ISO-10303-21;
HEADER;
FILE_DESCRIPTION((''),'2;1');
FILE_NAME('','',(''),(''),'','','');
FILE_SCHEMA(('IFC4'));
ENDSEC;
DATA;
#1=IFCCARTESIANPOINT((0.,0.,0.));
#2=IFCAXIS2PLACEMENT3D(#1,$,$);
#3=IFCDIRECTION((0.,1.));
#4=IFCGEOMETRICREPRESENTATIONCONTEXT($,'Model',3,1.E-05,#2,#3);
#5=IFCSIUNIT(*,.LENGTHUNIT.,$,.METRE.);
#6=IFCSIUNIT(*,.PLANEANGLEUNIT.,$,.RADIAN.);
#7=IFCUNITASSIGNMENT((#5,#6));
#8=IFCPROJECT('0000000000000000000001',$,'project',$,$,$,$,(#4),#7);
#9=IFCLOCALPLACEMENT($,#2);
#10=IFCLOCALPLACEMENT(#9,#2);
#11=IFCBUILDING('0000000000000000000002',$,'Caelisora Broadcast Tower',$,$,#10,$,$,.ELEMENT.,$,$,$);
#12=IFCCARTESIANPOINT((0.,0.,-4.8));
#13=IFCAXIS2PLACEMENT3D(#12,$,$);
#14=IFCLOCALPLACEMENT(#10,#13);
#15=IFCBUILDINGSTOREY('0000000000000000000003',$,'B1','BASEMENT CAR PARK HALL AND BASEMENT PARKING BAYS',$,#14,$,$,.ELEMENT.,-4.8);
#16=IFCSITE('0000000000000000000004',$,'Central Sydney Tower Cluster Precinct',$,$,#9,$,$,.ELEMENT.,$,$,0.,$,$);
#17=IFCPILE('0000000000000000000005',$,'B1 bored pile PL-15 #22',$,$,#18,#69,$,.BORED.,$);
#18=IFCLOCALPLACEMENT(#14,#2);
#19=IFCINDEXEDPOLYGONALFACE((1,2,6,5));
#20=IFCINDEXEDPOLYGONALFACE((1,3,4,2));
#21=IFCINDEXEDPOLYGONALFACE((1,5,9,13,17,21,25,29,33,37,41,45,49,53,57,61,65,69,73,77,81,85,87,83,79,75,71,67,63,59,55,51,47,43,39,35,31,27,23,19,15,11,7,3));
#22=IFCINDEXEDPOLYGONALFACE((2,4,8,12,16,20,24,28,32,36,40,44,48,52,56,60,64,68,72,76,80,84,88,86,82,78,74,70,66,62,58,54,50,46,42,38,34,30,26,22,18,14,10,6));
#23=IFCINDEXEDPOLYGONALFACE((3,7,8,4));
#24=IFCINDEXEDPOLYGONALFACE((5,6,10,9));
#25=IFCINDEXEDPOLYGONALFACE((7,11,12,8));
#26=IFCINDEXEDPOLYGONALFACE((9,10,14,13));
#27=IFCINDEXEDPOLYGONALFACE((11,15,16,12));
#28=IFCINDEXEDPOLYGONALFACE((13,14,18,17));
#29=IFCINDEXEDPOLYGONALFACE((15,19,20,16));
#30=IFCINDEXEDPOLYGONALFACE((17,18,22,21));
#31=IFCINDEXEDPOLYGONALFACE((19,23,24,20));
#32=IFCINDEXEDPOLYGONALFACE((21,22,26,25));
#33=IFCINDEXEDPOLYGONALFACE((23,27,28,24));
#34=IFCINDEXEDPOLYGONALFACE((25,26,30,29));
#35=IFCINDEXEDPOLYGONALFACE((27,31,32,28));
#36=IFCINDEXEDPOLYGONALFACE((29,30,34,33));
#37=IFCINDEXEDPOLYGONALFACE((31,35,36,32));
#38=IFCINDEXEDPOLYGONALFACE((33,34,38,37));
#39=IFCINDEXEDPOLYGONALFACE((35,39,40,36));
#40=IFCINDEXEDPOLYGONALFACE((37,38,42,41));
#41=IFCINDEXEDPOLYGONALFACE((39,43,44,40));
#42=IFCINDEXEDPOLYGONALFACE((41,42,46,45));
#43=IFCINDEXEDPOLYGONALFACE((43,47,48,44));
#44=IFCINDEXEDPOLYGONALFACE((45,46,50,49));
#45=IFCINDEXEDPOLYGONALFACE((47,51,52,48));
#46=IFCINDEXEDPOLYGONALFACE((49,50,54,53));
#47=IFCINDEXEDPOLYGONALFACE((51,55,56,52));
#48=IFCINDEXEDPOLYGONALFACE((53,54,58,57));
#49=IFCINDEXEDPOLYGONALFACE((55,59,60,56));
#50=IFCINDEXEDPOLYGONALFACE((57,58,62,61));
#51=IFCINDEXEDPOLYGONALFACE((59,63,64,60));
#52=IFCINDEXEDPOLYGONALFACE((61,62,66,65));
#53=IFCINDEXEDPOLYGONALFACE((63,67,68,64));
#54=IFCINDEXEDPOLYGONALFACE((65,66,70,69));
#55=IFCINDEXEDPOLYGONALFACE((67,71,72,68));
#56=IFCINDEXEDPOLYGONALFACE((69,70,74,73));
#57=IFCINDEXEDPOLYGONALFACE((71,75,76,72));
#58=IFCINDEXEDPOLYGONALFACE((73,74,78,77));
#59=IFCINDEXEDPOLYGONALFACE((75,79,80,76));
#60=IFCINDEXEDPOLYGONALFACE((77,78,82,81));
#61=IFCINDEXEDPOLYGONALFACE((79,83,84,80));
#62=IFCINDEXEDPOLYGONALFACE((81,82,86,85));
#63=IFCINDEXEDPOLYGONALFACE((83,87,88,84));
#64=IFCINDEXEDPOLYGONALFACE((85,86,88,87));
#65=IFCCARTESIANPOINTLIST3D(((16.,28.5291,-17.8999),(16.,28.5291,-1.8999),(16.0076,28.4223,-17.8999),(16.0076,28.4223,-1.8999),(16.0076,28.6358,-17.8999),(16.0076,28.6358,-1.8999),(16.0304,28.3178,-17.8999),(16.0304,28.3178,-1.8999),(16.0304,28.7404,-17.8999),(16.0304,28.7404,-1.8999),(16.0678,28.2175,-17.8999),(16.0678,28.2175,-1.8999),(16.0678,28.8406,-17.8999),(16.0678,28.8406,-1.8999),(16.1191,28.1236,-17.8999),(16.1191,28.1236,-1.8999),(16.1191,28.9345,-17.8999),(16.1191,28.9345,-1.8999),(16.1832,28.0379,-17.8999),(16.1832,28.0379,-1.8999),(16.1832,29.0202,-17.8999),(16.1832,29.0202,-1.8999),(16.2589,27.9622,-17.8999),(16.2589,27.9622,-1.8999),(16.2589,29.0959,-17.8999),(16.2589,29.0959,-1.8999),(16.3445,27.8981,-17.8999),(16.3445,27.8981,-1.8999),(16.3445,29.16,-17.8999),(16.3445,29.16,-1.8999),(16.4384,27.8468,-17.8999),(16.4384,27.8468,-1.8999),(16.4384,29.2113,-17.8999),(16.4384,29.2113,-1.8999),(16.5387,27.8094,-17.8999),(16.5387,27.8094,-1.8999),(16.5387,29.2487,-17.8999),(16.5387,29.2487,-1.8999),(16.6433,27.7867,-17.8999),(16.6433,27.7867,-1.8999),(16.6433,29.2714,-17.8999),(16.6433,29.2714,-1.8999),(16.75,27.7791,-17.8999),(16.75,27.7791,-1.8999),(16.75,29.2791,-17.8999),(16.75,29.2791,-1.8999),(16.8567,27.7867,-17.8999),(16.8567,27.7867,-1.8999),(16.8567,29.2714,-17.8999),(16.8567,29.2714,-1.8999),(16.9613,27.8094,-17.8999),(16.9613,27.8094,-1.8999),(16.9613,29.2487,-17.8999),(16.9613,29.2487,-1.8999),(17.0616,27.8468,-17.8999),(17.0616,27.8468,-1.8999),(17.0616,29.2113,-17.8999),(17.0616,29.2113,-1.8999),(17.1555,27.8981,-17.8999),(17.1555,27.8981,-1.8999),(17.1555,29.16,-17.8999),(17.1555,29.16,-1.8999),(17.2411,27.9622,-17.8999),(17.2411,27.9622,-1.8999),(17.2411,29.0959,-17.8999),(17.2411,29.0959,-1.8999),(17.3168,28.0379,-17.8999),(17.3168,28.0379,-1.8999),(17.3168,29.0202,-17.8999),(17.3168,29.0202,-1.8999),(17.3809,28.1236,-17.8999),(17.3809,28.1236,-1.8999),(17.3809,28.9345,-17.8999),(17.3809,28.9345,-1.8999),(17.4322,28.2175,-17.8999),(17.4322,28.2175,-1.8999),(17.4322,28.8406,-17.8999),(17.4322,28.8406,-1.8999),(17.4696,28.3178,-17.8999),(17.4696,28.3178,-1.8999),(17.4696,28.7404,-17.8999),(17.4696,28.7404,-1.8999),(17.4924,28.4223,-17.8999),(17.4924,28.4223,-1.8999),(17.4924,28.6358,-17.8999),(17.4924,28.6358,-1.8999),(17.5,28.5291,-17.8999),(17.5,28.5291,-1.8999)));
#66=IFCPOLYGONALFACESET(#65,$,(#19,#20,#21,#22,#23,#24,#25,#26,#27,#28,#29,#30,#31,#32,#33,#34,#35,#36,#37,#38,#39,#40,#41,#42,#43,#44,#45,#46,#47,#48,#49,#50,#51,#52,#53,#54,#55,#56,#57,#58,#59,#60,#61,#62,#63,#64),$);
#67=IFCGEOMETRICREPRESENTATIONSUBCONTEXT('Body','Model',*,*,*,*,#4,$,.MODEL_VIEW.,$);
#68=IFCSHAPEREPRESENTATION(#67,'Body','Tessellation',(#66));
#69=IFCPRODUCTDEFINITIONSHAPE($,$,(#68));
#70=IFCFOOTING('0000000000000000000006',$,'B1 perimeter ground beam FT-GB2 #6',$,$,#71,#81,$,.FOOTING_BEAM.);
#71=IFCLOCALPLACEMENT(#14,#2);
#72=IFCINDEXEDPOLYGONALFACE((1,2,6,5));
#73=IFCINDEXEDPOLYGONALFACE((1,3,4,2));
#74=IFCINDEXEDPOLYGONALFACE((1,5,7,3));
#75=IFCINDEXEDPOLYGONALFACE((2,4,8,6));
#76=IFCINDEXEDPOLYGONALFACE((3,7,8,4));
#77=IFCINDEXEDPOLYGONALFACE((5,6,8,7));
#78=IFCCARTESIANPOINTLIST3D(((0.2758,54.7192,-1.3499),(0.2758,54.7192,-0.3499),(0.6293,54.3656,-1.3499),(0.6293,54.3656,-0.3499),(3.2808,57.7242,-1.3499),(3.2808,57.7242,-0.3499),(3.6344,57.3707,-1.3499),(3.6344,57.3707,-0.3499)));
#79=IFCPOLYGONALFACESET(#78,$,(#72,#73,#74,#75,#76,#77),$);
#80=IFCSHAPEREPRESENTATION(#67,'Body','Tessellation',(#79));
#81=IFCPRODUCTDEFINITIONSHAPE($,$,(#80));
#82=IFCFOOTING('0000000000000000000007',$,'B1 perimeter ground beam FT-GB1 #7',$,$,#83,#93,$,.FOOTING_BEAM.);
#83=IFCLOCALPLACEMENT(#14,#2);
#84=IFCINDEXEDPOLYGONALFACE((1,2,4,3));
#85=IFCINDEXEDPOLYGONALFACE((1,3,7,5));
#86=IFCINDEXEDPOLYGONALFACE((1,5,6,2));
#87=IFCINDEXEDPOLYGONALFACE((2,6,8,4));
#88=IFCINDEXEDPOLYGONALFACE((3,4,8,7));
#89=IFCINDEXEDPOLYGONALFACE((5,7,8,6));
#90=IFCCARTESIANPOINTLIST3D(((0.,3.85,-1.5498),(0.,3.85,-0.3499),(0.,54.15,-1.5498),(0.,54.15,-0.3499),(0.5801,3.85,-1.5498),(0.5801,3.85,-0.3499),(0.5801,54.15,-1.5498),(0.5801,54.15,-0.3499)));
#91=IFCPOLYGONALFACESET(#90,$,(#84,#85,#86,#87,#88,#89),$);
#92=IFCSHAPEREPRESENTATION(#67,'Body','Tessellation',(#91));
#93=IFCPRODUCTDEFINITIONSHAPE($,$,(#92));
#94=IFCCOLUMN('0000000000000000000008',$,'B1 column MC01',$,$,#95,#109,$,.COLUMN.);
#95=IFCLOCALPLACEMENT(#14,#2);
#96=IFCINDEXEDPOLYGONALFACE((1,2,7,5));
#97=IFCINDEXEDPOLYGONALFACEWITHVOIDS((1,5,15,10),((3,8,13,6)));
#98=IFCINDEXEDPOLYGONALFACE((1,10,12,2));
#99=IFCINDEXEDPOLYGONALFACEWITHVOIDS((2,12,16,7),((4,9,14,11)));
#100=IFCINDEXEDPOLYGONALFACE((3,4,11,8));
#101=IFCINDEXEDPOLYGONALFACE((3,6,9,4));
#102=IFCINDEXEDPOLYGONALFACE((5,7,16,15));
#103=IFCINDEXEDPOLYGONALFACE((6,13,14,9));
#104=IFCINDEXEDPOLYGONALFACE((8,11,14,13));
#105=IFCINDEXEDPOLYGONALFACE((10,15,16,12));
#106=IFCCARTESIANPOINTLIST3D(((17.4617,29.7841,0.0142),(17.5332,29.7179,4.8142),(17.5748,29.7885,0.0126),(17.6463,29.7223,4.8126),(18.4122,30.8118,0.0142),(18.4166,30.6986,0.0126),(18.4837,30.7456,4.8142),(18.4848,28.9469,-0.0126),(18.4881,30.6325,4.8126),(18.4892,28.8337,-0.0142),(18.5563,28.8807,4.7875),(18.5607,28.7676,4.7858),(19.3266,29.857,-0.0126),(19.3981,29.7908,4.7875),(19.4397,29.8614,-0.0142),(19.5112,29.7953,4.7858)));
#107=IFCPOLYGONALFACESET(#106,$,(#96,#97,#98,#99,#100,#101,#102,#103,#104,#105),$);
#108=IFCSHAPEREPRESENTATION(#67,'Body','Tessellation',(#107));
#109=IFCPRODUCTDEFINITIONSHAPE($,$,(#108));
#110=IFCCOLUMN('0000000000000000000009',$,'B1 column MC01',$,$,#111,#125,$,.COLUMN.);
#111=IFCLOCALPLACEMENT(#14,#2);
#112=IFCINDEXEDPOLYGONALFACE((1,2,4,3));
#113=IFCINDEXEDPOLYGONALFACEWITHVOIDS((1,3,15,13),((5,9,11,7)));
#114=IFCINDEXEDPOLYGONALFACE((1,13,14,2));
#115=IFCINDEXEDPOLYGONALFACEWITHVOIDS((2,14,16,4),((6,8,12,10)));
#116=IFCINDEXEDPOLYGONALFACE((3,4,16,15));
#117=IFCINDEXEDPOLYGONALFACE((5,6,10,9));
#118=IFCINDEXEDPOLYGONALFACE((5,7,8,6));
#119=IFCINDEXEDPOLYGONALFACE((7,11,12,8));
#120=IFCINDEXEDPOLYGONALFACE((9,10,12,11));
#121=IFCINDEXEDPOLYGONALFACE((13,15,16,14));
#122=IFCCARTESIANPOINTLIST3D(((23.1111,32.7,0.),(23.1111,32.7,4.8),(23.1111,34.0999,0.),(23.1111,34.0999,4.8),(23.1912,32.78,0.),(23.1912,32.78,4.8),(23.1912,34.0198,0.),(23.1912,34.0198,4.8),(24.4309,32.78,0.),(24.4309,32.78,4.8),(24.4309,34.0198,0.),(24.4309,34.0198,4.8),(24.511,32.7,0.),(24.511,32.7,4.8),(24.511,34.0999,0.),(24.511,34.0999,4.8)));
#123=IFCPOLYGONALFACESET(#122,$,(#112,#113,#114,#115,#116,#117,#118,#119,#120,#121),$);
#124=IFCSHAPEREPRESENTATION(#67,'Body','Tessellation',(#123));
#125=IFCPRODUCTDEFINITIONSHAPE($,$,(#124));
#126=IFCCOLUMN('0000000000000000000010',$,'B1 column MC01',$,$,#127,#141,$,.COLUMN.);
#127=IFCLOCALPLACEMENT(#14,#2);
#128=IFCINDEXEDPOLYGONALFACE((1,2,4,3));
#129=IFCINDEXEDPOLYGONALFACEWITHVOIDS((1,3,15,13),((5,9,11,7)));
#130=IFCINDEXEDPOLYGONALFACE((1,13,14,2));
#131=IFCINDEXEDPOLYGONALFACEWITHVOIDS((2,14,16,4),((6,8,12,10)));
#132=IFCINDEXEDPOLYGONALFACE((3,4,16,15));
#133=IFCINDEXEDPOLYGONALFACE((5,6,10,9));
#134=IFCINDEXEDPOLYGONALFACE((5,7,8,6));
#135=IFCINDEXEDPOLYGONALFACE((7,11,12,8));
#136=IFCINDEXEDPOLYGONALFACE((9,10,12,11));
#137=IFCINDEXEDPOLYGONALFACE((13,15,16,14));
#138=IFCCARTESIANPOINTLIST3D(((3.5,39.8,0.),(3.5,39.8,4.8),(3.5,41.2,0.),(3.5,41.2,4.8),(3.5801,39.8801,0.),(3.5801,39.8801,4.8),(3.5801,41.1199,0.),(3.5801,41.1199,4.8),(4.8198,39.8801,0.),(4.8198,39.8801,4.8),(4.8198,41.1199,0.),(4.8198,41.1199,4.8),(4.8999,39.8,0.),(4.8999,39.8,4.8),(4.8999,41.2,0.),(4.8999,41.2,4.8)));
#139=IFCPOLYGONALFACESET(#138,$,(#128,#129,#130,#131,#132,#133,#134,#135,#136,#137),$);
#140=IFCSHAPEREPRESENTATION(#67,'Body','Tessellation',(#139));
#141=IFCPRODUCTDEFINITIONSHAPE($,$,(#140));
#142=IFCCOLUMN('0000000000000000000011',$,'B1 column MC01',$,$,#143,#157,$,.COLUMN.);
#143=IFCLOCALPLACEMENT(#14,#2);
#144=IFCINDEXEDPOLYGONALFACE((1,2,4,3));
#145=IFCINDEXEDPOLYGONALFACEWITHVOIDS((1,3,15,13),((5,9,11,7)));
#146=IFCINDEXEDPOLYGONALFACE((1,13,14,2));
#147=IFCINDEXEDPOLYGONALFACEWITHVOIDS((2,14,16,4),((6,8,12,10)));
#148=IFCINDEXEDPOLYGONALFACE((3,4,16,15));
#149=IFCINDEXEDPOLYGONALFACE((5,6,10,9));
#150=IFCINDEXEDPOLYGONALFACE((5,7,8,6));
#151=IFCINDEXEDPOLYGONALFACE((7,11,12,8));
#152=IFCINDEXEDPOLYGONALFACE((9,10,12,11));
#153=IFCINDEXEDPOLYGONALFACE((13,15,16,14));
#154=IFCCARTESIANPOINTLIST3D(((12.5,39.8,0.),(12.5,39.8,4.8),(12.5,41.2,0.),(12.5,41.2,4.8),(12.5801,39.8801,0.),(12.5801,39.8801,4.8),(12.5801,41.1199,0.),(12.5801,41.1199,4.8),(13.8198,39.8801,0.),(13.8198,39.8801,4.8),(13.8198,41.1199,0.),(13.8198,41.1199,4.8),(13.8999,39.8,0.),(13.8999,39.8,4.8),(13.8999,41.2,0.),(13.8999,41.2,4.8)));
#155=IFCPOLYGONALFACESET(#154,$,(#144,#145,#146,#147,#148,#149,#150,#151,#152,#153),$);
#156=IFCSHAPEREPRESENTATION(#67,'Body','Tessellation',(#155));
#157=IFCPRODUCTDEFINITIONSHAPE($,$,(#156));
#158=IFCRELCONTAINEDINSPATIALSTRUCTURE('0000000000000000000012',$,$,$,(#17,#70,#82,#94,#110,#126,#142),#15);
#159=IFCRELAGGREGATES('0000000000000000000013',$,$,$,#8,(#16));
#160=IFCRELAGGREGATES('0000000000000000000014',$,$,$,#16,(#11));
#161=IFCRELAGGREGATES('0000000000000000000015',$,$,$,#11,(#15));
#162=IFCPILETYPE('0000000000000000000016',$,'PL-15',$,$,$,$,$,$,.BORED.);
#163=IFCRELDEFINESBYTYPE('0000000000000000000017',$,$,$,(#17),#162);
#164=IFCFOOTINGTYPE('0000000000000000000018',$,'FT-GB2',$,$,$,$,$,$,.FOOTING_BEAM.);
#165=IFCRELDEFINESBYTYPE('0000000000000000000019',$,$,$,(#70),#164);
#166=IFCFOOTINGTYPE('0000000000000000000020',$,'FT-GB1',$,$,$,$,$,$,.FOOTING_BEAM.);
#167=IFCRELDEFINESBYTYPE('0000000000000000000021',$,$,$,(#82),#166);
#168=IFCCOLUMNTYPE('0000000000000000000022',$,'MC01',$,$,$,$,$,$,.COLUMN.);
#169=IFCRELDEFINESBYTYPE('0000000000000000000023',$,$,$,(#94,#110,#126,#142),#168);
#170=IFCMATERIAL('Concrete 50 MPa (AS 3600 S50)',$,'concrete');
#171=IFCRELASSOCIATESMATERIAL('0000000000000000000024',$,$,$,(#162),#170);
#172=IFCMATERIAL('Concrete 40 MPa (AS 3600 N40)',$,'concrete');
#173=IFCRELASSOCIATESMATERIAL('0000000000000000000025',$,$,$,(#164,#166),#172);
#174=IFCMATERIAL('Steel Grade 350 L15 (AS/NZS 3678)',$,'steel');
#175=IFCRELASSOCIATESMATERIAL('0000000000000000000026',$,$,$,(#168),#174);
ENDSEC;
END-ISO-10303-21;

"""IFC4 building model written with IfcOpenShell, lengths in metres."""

from ifc_helpers import new_model, si_unit, direction, frame, origin, origin_2d, place, context, subcontext, project, spatial, rectangle, hollow_rectangle, circle, extrude, source, transform, mapped, material, material_profile, profile_set, type_object, type_shapes, element, save


model = new_model("IFC4")

# Units and contexts
model_context = context("Model", 3, precision=1e-05, world=origin(), true_north=direction((0.0, 1.0)))
body_context = subcontext(model_context, "Body", "Model", "MODEL_VIEW")
ifc_project = project(units=[si_unit("LENGTHUNIT", "METRE"), si_unit("PLANEANGLEUNIT", "RADIAN")], contexts=[model_context])

# Site, building, storey
site_placement = place(None, origin())
site = spatial("IfcSite", under=ifc_project, at=site_placement, Name="Central Sydney Tower Cluster Precinct", CompositionType="ELEMENT", RefElevation=0.0)
building_placement = place(site_placement, origin())
building = spatial("IfcBuilding", under=site, at=building_placement, Name="Caelisora Broadcast Tower", CompositionType="ELEMENT")
storey_placement = place(building_placement, frame((0.0, 0.0, -4.8)))
storey = spatial("IfcBuildingStorey", under=building, at=storey_placement, Name="B1", Description="BASEMENT CAR PARK HALL AND BASEMENT PARKING BAYS", CompositionType="ELEMENT", Elevation=-4.8)

# Pile
ifc_material_1 = material(Name="Concrete 50 MPa (AS 3600 S50)", Category="concrete")
ifc_material_profile_1 = material_profile(ifc_material_1, circle(Radius=0.75, at=origin_2d()), Name="Concrete 50 MPa (AS 3600 S50)")
ifc_profile_set_1 = profile_set([ifc_material_profile_1], Name="Concrete 50 MPa (AS 3600 S50)")
pile_type_1 = type_object("IfcPileType", Name="PL-15", PredefinedType="BORED", material=ifc_profile_set_1)
for number, where, z_axis, x_axis, name in (
    (1, (16.75, 28.5291, -1.8999), (0.0, 0.0, -1.0), (1.0, 0.0, 0.0), "B1 bored pile PL-15 #22"),
):
    element("IfcPile", number, at=place(storey_placement, frame(where, z_axis=z_axis, x_axis=x_axis)), inside=storey, type_object=pile_type_1, Name=name, PredefinedType="BORED", context=body_context, shape_type="SweptSolid", body=[
        extrude(circle(Radius=0.75, at=origin_2d()), origin(), (0.0, 0.0, 1.0), 16.0),
    ])

# Footings
ifc_material_2 = material(Name="Concrete 40 MPa (AS 3600 N40)", Category="concrete")
footing_type_1 = type_object("IfcFootingType", Name="FT-GB2", PredefinedType="FOOTING_BEAM", material=ifc_material_2)
shared_shape_1 = source(origin(), body_context, "Body", "SweptSolid", [
    extrude(rectangle(XDim=4.2498, YDim=0.5, at=origin_2d()), origin(), (0.0, 0.0, 1.0), 1.0),
])
type_shapes(footing_type_1, [shared_shape_1])
footing_1_placement = place(storey_placement, frame((1.9551, 56.0449, -1.3499), z_axis=(0.0, 0.0, 1.0), x_axis=(-0.707107, -0.707107, 0.0)))
element("IfcFooting", 2, at=footing_1_placement, inside=storey, type_object=footing_type_1, Name="B1 perimeter ground beam FT-GB2 #6", PredefinedType="FOOTING_BEAM", context=body_context, shape_type="MappedRepresentation", body=[
    mapped(shared_shape_1, transform((0.0, 0.0, 0.0), scale=1.0)),
])
footing_type_2 = type_object("IfcFootingType", Name="FT-GB1", PredefinedType="FOOTING_BEAM", material=ifc_material_2)
shared_shape_2 = source(origin(), body_context, "Body", "SweptSolid", [
    extrude(rectangle(XDim=50.3, YDim=0.5801, at=origin_2d()), origin(), (0.0, 0.0, 1.0), 1.2),
])
type_shapes(footing_type_2, [shared_shape_2])
footing_2_placement = place(storey_placement, frame((0.29, 29.0, -1.5498), z_axis=(0.0, 0.0, 1.0), x_axis=(0.0, -1.0, 0.0)))
element("IfcFooting", 3, at=footing_2_placement, inside=storey, type_object=footing_type_2, Name="B1 perimeter ground beam FT-GB1 #7", PredefinedType="FOOTING_BEAM", context=body_context, shape_type="MappedRepresentation", body=[
    mapped(shared_shape_2, transform((0.0, 0.0, 0.0), scale=1.0)),
])

# Columns
ifc_material_3 = material(Name="Steel Grade 350 L15 (AS/NZS 3678)", Category="steel")
ifc_material_profile_2 = material_profile(ifc_material_3, hollow_rectangle(XDim=1.3999, YDim=1.3999, WallThickness=0.0801, at=origin_2d()), Name="Steel Grade 350 L15 (AS/NZS 3678)")
ifc_profile_set_2 = profile_set([ifc_material_profile_2], Name="Steel Grade 350 L15 (AS/NZS 3678)")
column_type_1 = type_object("IfcColumnType", Name="MC01", PredefinedType="COLUMN", material=ifc_profile_set_2)
shared_shape_3 = source(origin(), body_context, "Body", "SweptSolid", [
    extrude(hollow_rectangle(XDim=1.3999, YDim=1.3999, WallThickness=0.0801, at=origin_2d()), origin(), (0.0, 0.0, 1.0), 4.801),
])
column_placement = place(storey_placement, frame((18.4507, 29.8228, 0.0), z_axis=(0.0149, -0.013781, 0.999794), x_axis=(0.679008, 0.734131, 0.0)))
element("IfcColumn", 4, at=column_placement, inside=storey, type_object=column_type_1, Name="B1 column MC01", PredefinedType="COLUMN", context=body_context, shape_type="MappedRepresentation", body=[
    mapped(shared_shape_3, transform((0.0, 0.0, 0.0), scale=1.0)),
])
shared_shape_4 = source(origin(), body_context, "Body", "SweptSolid", [
    extrude(hollow_rectangle(XDim=1.3999, YDim=1.3999, WallThickness=0.0801, at=origin_2d()), origin(), (0.0, 0.0, 1.0), 4.8),
])
type_shapes(column_type_1, [shared_shape_3, shared_shape_4])
for number, where, z_axis, x_axis, name in (
    (5, (23.811, 33.3999, 0.0), (0.0, 0.0, 1.0), (1.0, 0.0, 0.0), "B1 column MC01"),
    (6, (4.2, 40.5, 0.0), (0.0, 0.0, 1.0), (1.0, 0.0, 0.0), "B1 column MC01"),
    (7, (13.2, 40.5, 0.0), (0.0, 0.0, 1.0), (1.0, 0.0, 0.0), "B1 column MC01"),
):
    element("IfcColumn", number, at=place(storey_placement, frame(where, z_axis=z_axis, x_axis=x_axis)), inside=storey, type_object=column_type_1, Name=name, PredefinedType="COLUMN", context=body_context, shape_type="MappedRepresentation", body=[
        mapped(shared_shape_4, transform((0.0, 0.0, 0.0), scale=1.0)),
    ])

save(model, "model.ifc")
